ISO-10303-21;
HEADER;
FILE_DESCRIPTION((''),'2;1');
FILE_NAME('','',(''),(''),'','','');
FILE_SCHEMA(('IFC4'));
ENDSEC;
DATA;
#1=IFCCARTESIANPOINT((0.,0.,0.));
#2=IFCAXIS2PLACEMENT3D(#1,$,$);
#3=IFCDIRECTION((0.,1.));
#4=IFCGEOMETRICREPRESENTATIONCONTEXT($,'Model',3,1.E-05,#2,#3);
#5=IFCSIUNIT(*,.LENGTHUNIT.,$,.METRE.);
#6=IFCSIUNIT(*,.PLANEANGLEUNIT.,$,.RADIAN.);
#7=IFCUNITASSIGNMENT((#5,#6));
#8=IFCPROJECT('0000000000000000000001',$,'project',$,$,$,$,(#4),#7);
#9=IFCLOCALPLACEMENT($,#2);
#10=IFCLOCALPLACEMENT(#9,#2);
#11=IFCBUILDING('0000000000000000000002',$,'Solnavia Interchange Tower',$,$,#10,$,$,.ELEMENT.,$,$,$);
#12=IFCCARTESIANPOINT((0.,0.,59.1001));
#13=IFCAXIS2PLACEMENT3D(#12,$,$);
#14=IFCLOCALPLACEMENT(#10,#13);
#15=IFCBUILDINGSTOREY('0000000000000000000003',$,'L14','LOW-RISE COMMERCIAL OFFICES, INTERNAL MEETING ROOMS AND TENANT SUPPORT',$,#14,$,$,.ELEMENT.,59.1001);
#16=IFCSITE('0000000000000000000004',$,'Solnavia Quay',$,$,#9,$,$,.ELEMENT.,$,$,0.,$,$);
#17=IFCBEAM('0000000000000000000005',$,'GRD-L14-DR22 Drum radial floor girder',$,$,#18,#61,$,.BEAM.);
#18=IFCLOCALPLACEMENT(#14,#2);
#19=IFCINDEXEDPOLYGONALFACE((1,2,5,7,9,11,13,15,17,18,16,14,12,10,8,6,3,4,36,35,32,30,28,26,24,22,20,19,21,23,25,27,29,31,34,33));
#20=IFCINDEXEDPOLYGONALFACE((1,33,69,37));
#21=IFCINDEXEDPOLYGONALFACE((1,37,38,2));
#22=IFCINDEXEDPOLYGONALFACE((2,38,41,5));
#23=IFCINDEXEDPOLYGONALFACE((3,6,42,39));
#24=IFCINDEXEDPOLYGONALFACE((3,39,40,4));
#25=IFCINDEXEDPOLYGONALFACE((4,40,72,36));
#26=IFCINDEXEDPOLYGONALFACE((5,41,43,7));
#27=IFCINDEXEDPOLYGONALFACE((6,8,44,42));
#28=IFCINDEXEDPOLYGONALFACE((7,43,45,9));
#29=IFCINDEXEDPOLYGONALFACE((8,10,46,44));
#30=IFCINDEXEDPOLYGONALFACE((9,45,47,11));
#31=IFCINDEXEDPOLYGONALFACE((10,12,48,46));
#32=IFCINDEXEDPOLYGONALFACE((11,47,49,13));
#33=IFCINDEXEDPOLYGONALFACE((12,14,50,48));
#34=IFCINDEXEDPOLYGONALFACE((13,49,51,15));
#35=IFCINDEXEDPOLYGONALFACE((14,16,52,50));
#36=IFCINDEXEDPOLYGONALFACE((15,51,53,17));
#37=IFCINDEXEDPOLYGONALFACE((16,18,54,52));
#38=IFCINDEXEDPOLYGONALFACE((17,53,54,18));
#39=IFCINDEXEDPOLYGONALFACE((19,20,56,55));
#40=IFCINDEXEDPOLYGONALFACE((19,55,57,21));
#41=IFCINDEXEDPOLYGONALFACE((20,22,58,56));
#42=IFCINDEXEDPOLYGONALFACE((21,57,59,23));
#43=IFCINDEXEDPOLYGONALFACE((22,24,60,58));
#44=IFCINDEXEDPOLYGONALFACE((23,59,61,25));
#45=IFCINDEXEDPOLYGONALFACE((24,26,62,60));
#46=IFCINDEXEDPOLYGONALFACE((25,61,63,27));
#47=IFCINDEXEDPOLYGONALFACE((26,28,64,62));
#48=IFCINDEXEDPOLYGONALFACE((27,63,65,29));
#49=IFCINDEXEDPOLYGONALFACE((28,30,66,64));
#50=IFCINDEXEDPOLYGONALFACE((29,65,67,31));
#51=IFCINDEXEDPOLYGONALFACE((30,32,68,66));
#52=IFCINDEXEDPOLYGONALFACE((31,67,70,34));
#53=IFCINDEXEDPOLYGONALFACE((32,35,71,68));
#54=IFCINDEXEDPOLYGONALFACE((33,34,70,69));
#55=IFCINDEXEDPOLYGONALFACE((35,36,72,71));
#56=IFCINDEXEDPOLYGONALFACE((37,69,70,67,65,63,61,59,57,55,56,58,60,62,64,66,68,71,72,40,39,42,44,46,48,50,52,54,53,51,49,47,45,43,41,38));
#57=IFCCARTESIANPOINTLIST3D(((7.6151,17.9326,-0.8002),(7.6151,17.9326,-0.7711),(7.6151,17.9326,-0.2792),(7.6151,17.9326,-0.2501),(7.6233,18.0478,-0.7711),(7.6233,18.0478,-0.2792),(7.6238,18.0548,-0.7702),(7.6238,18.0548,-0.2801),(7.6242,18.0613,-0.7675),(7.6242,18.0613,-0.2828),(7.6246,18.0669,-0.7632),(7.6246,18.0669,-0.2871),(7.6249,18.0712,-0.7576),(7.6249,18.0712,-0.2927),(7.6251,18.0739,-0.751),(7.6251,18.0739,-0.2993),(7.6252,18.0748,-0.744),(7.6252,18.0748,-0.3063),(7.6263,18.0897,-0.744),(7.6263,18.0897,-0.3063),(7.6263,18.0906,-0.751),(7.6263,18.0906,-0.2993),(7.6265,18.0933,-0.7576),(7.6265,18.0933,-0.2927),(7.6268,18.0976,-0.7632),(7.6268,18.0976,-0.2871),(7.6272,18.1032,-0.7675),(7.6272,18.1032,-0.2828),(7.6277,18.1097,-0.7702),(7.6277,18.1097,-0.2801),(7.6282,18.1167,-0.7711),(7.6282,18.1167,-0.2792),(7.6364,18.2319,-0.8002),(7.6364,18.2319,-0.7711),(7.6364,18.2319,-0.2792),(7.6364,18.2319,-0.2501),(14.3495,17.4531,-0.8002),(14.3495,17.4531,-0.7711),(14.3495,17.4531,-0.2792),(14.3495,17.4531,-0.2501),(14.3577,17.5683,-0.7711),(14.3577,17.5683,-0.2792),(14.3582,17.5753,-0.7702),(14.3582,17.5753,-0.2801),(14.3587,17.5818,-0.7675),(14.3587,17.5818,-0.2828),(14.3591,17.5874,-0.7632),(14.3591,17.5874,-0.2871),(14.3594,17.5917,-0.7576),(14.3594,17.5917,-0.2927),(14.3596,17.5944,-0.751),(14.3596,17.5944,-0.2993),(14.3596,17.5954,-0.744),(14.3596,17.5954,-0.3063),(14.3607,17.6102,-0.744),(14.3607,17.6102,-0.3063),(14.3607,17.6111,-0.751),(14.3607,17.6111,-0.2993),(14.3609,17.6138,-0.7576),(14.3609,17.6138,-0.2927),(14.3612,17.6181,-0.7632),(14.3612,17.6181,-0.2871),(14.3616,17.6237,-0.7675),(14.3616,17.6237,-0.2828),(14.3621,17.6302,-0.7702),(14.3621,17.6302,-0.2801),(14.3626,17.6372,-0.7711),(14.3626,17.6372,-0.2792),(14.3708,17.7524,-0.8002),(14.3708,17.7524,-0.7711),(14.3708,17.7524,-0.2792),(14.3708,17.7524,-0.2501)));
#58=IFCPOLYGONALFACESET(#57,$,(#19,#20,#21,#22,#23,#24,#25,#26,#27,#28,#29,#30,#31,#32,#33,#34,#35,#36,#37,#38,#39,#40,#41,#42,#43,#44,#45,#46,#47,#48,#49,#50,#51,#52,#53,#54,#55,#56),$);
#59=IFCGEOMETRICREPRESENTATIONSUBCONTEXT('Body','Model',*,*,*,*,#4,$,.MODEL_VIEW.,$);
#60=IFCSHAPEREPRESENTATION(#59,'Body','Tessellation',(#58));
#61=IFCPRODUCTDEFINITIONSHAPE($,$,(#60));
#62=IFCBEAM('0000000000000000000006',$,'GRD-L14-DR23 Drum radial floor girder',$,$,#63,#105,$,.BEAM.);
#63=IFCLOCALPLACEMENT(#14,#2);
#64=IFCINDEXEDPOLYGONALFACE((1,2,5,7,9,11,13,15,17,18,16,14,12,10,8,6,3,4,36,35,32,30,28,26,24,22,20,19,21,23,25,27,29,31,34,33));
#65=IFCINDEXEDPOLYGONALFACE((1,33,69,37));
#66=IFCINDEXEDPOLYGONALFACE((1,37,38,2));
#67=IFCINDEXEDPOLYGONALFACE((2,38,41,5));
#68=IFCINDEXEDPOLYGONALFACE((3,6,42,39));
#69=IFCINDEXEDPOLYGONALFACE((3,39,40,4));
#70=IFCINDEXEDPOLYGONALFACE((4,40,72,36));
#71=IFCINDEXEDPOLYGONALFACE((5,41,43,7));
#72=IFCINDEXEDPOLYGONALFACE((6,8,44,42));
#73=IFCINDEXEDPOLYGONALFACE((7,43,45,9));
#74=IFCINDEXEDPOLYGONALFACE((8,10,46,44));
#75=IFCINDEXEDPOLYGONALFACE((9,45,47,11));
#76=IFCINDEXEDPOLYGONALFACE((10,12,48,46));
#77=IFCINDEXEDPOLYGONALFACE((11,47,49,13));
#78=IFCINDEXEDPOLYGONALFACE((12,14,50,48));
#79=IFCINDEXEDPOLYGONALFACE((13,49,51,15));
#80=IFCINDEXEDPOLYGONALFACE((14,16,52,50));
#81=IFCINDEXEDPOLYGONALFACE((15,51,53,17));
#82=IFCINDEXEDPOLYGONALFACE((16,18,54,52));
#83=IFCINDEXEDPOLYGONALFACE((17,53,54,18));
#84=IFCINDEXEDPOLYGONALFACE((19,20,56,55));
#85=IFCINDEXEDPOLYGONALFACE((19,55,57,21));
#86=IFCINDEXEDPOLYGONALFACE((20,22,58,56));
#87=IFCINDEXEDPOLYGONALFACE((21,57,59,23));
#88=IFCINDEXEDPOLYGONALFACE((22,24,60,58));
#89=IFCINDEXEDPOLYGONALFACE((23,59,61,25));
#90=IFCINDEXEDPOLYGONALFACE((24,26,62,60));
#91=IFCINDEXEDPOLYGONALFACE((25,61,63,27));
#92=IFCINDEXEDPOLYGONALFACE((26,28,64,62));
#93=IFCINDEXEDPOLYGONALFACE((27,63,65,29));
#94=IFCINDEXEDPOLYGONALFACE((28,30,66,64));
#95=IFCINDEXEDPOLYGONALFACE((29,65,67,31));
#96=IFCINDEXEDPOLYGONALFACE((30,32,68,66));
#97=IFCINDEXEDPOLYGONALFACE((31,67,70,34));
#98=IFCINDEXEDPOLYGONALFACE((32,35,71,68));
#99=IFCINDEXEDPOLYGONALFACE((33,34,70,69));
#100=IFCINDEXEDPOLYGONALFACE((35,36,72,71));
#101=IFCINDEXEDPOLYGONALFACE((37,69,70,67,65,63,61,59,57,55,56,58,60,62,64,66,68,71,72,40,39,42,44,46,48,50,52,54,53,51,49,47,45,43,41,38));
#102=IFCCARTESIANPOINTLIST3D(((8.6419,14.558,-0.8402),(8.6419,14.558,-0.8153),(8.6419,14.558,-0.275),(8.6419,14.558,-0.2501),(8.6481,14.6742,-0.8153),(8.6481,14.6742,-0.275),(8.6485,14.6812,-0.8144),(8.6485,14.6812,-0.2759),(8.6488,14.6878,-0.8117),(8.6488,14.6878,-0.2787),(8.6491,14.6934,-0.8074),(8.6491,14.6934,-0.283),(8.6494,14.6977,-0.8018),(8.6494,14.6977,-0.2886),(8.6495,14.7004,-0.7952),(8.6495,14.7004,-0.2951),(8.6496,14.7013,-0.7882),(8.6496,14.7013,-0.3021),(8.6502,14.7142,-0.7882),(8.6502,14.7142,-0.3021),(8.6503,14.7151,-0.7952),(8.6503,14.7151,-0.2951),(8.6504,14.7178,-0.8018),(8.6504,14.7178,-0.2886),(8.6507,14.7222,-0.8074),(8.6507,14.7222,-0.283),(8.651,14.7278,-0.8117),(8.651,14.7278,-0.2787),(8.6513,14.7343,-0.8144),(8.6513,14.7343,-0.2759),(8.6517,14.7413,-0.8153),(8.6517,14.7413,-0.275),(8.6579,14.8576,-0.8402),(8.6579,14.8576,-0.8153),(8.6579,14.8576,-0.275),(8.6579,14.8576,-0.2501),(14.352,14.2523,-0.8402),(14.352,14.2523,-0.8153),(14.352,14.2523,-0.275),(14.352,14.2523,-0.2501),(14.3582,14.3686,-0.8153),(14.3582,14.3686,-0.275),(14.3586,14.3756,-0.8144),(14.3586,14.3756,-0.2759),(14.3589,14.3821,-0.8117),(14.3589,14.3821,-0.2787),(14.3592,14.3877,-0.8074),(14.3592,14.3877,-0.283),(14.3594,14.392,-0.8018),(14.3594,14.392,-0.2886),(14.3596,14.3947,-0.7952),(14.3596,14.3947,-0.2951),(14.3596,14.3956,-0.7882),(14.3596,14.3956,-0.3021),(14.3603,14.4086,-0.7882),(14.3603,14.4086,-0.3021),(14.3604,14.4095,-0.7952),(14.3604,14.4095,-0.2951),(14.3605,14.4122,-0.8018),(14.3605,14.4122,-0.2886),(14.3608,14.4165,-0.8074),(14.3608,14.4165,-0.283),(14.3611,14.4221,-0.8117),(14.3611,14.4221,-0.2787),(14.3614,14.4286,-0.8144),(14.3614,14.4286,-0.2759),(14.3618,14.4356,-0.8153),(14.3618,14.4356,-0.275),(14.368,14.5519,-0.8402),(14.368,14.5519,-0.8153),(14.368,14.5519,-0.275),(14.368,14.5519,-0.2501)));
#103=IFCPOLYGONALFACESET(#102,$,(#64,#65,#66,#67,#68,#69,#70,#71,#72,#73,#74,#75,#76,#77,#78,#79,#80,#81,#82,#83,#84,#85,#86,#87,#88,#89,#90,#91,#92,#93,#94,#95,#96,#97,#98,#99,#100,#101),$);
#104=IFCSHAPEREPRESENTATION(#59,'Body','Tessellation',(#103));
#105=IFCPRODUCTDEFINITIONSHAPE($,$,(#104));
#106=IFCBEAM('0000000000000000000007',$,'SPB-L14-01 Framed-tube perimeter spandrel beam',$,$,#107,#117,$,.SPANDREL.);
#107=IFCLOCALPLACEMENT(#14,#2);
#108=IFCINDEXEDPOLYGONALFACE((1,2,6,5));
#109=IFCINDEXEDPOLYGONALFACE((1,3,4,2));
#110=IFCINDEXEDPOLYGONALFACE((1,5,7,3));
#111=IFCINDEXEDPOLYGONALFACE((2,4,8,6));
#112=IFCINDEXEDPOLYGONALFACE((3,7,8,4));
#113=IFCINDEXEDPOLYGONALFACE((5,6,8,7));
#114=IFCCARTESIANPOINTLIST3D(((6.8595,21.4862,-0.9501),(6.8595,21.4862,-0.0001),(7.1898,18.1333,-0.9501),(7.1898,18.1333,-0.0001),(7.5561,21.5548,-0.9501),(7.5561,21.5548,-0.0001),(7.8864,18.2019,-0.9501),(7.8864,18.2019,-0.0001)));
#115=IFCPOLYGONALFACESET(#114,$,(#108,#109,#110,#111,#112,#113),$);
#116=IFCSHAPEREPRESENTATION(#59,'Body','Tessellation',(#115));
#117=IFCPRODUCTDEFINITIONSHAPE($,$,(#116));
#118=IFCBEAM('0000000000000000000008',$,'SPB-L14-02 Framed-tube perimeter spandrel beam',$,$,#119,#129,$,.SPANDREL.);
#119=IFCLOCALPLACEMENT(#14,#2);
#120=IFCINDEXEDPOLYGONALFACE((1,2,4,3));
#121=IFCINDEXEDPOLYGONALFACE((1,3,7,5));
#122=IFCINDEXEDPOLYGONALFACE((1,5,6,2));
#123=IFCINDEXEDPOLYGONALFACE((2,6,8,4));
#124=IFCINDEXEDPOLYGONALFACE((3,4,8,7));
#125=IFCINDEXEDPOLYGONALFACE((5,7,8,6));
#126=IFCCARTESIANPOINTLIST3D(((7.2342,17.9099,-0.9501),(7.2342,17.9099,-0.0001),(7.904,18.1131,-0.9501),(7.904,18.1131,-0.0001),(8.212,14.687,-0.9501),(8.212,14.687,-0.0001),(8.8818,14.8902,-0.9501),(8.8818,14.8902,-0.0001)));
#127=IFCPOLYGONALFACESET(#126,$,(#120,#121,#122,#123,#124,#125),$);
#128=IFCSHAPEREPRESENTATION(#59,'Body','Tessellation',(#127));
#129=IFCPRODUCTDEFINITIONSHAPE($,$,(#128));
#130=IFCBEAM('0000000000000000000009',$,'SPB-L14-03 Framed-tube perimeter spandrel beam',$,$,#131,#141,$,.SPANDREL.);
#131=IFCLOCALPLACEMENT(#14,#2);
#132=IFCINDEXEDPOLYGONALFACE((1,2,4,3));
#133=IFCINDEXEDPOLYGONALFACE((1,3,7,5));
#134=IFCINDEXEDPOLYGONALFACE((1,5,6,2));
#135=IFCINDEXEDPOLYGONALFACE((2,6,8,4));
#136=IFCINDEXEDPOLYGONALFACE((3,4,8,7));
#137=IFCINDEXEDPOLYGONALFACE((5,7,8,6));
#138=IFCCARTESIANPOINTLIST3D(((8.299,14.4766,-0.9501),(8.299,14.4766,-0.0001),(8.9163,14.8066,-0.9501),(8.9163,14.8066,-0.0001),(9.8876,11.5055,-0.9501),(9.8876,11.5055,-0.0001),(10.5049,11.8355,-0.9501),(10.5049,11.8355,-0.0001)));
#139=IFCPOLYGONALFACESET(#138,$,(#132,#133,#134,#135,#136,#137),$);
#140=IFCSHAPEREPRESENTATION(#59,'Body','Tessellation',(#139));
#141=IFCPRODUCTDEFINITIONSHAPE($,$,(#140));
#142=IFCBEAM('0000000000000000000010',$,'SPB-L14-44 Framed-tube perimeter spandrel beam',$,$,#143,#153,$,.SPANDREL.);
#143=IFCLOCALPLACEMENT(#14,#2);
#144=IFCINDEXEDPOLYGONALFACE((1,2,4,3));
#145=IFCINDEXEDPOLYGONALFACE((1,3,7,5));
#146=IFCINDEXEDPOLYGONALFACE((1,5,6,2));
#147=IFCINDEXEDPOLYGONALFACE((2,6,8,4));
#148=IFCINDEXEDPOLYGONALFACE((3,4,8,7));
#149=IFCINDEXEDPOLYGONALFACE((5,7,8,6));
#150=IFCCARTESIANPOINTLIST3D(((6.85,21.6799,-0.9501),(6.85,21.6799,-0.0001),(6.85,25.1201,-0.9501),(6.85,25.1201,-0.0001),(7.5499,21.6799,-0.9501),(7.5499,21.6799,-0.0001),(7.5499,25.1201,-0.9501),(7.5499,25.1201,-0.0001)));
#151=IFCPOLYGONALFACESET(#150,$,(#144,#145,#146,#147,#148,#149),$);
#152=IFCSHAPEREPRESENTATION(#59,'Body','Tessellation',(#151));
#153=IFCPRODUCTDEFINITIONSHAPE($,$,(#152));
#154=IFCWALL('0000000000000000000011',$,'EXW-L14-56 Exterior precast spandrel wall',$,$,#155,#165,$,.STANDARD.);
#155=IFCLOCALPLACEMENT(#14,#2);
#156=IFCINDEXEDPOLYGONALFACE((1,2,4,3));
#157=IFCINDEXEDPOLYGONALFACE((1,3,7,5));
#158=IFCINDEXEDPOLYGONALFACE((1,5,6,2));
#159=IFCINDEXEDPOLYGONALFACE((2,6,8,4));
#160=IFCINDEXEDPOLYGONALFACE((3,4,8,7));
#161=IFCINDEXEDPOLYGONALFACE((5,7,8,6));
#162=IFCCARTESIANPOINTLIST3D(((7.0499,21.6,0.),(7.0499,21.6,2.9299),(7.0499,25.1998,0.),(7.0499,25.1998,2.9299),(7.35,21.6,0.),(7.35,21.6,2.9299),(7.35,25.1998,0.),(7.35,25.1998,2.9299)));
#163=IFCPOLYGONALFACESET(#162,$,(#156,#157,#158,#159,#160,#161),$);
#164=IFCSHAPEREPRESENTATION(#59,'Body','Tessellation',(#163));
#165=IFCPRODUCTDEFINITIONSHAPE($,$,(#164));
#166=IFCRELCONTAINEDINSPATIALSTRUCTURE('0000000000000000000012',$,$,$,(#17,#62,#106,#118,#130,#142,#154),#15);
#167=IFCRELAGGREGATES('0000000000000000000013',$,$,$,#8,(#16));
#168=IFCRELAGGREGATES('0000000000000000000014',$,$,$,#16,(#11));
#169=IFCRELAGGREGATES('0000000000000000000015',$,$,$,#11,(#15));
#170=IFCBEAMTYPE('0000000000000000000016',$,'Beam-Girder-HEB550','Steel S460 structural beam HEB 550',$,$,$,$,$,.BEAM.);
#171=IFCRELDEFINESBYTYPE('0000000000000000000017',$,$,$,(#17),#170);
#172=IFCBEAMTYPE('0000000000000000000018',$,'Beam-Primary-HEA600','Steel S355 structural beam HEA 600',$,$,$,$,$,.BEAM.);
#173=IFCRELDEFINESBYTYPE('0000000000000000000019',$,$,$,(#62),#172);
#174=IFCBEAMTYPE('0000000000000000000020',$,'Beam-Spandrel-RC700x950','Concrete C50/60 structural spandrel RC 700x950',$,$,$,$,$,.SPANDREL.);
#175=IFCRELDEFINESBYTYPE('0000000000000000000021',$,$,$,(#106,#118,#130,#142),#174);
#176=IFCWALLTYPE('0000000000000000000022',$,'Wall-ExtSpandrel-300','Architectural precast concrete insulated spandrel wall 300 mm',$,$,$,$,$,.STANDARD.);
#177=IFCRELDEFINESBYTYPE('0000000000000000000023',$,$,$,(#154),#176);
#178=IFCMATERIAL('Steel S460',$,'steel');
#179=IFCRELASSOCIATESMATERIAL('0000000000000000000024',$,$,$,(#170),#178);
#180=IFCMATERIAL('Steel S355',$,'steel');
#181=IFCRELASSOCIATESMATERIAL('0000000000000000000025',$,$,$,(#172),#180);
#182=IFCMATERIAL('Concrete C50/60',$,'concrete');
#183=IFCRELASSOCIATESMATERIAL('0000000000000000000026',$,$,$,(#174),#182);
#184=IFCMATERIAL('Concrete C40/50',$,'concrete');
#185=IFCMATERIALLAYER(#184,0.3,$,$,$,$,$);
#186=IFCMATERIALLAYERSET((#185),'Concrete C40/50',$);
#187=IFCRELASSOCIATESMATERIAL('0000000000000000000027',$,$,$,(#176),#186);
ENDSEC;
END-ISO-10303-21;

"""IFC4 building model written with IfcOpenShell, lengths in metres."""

from ifc_helpers import new_model, si_unit, direction, frame, frame_2d, origin, origin_2d, place, context, subcontext, project, spatial, rectangle, i_section, extrude, material, layer, layer_set, material_profile, profile_set, type_object, element, save


model = new_model("IFC4")

# Units and contexts
model_context = context("Model", 3, precision=1e-05, world=origin(), true_north=direction((0.0, 1.0)))
body_context = subcontext(model_context, "Body", "Model", "MODEL_VIEW")
ifc_project = project(units=[si_unit("LENGTHUNIT", "METRE"), si_unit("PLANEANGLEUNIT", "RADIAN")], contexts=[model_context])

# Site, building, storey
site_placement = place(None, origin())
site = spatial("IfcSite", under=ifc_project, at=site_placement, Name="Solnavia Quay", CompositionType="ELEMENT", RefElevation=0.0)
building_placement = place(site_placement, origin())
building = spatial("IfcBuilding", under=site, at=building_placement, Name="Solnavia Interchange Tower", CompositionType="ELEMENT")
storey_placement = place(building_placement, frame((0.0, 0.0, 59.1001)))
storey = spatial("IfcBuildingStorey", under=building, at=storey_placement, Name="L14", Description="LOW-RISE COMMERCIAL OFFICES, INTERNAL MEETING ROOMS AND TENANT SUPPORT", CompositionType="ELEMENT", Elevation=59.1001)

# Beams
ifc_material_1 = material(Name="Concrete C50/60", Category="concrete")
ifc_material_2 = material(Name="Steel S460", Category="steel")
ifc_material_profile_1 = material_profile(ifc_material_2, i_section(OverallWidth=0.3, OverallDepth=0.55, WebThickness=0.0149, FlangeThickness=0.0291, FilletRadius=0.0271, at=origin_2d()), Name="HEB 550")
ifc_profile_set_1 = profile_set([ifc_material_profile_1], Name="Steel S460")
beam_type_1 = type_object("IfcBeamType", Name="Beam-Girder-HEB550", Description="Steel S460 structural beam HEB 550", PredefinedType="BEAM", material=ifc_profile_set_1)
beam_1_placement = place(storey_placement, frame((7.6257, 18.0823, -0.5251), z_axis=(0.997475, -0.071021, 0.0), x_axis=(0.071021, 0.997475, 0.0)))
element("IfcBeam", 1, at=beam_1_placement, inside=storey, type_object=beam_type_1, Name="GRD-L14-DR22 Drum radial floor girder", PredefinedType="BEAM", context=body_context, shape_type="SweptSolid", body=[
    extrude(i_section(OverallWidth=0.3, OverallDepth=0.55, WebThickness=0.0149, FlangeThickness=0.0291, FilletRadius=0.0271, at=origin_2d()), origin(), (0.0, 0.0, 1.0), 6.7515),
])
ifc_material_3 = material(Name="Steel S355", Category="steel")
ifc_material_profile_2 = material_profile(ifc_material_3, i_section(OverallWidth=0.3, OverallDepth=0.5901, WebThickness=0.0129, FlangeThickness=0.0249, FilletRadius=0.0271, at=origin_2d()), Name="HEA 600")
ifc_profile_set_2 = profile_set([ifc_material_profile_2], Name="Steel S355")
beam_type_2 = type_object("IfcBeamType", Name="Beam-Primary-HEA600", Description="Steel S355 structural beam HEA 600", PredefinedType="BEAM", material=ifc_profile_set_2)
beam_2_placement = place(storey_placement, frame((8.6499, 14.7078, -0.5452), z_axis=(0.99857, -0.053453, 0.0), x_axis=(0.053453, 0.99857, 0.0)))
element("IfcBeam", 2, at=beam_2_placement, inside=storey, type_object=beam_type_2, Name="GRD-L14-DR23 Drum radial floor girder", PredefinedType="BEAM", context=body_context, shape_type="SweptSolid", body=[
    extrude(i_section(OverallWidth=0.3, OverallDepth=0.5901, WebThickness=0.0129, FlangeThickness=0.0249, FilletRadius=0.0271, at=origin_2d()), origin(), (0.0, 0.0, 1.0), 5.7183),
])
ifc_material_profile_3 = material_profile(ifc_material_1, rectangle(XDim=0.7, YDim=0.95, at=origin_2d()), Name="RC 700x950")
ifc_profile_set_3 = profile_set([ifc_material_profile_3], Name="Concrete C50/60")
beam_type_3 = type_object("IfcBeamType", Name="Beam-Spandrel-RC700x950", Description="Concrete C50/60 structural spandrel RC 700x950", PredefinedType="SPANDREL", material=ifc_profile_set_3)
beam_3_placement = place(storey_placement, frame((7.2078, 21.5205, -0.4751), z_axis=(0.09804, -0.995182, 0.0), x_axis=(0.995182, 0.09804, 0.0)))
element("IfcBeam", 3, at=beam_3_placement, inside=storey, type_object=beam_type_3, Name="SPB-L14-01 Framed-tube perimeter spandrel beam", PredefinedType="SPANDREL", context=body_context, shape_type="SweptSolid", body=[
    extrude(rectangle(XDim=0.7, YDim=0.95, at=origin_2d()), origin(), (0.0, 0.0, 1.0), 3.3691),
])
beam_4_placement = place(storey_placement, frame((7.5691, 18.0115, -0.4751), z_axis=(0.290319, -0.95693, 0.0), x_axis=(0.95693, 0.290319, 0.0)))
element("IfcBeam", 4, at=beam_4_placement, inside=storey, type_object=beam_type_3, Name="SPB-L14-02 Framed-tube perimeter spandrel beam", PredefinedType="SPANDREL", context=body_context, shape_type="SweptSolid", body=[
    extrude(rectangle(XDim=0.7, YDim=0.95, at=origin_2d()), origin(), (0.0, 0.0, 1.0), 3.3679),
])
beam_5_placement = place(storey_placement, frame((8.6077, 14.6416, -0.4751), z_axis=(0.471509, -0.881861, 0.0), x_axis=(0.881861, 0.471509, 0.0)))
element("IfcBeam", 5, at=beam_5_placement, inside=storey, type_object=beam_type_3, Name="SPB-L14-03 Framed-tube perimeter spandrel beam", PredefinedType="SPANDREL", context=body_context, shape_type="SweptSolid", body=[
    extrude(rectangle(XDim=0.7, YDim=0.95, at=origin_2d()), origin(), (0.0, 0.0, 1.0), 3.3691),
])
beam_6_placement = place(storey_placement, frame((7.2, 25.1201, -0.4751), z_axis=(0.0, -1.0, 0.0), x_axis=(1.0, 0.0, 0.0)))
element("IfcBeam", 6, at=beam_6_placement, inside=storey, type_object=beam_type_3, Name="SPB-L14-44 Framed-tube perimeter spandrel beam", PredefinedType="SPANDREL", context=body_context, shape_type="SweptSolid", body=[
    extrude(rectangle(XDim=0.7, YDim=0.95, at=origin_2d()), origin(), (0.0, 0.0, 1.0), 3.4402),
])

# Wall
ifc_material_4 = material(Name="Concrete C40/50", Category="concrete")
ifc_layer_1 = layer(ifc_material_4, 0.3)
ifc_layer_set_1 = layer_set([ifc_layer_1], Name="Concrete C40/50")
wall_type_1 = type_object("IfcWallType", Name="Wall-ExtSpandrel-300", Description="Architectural precast concrete insulated spandrel wall 300 mm", PredefinedType="STANDARD", material=ifc_layer_set_1)
wall_1_placement = place(storey_placement, frame((7.2, 21.6001, 0.0), z_axis=(0.0, 0.0, 1.0), x_axis=(0.0, 1.0, 0.0)))
element("IfcWall", 7, at=wall_1_placement, inside=storey, type_object=wall_type_1, Name="EXW-L14-56 Exterior precast spandrel wall", PredefinedType="STANDARD", context=body_context, shape_type="SweptSolid", body=[
    extrude(rectangle(XDim=3.5999, YDim=0.3, at=frame_2d((1.7998, 0.0))), origin(), (0.0, 0.0, 1.0), 2.9299),
])

save(model, "model.ifc")
